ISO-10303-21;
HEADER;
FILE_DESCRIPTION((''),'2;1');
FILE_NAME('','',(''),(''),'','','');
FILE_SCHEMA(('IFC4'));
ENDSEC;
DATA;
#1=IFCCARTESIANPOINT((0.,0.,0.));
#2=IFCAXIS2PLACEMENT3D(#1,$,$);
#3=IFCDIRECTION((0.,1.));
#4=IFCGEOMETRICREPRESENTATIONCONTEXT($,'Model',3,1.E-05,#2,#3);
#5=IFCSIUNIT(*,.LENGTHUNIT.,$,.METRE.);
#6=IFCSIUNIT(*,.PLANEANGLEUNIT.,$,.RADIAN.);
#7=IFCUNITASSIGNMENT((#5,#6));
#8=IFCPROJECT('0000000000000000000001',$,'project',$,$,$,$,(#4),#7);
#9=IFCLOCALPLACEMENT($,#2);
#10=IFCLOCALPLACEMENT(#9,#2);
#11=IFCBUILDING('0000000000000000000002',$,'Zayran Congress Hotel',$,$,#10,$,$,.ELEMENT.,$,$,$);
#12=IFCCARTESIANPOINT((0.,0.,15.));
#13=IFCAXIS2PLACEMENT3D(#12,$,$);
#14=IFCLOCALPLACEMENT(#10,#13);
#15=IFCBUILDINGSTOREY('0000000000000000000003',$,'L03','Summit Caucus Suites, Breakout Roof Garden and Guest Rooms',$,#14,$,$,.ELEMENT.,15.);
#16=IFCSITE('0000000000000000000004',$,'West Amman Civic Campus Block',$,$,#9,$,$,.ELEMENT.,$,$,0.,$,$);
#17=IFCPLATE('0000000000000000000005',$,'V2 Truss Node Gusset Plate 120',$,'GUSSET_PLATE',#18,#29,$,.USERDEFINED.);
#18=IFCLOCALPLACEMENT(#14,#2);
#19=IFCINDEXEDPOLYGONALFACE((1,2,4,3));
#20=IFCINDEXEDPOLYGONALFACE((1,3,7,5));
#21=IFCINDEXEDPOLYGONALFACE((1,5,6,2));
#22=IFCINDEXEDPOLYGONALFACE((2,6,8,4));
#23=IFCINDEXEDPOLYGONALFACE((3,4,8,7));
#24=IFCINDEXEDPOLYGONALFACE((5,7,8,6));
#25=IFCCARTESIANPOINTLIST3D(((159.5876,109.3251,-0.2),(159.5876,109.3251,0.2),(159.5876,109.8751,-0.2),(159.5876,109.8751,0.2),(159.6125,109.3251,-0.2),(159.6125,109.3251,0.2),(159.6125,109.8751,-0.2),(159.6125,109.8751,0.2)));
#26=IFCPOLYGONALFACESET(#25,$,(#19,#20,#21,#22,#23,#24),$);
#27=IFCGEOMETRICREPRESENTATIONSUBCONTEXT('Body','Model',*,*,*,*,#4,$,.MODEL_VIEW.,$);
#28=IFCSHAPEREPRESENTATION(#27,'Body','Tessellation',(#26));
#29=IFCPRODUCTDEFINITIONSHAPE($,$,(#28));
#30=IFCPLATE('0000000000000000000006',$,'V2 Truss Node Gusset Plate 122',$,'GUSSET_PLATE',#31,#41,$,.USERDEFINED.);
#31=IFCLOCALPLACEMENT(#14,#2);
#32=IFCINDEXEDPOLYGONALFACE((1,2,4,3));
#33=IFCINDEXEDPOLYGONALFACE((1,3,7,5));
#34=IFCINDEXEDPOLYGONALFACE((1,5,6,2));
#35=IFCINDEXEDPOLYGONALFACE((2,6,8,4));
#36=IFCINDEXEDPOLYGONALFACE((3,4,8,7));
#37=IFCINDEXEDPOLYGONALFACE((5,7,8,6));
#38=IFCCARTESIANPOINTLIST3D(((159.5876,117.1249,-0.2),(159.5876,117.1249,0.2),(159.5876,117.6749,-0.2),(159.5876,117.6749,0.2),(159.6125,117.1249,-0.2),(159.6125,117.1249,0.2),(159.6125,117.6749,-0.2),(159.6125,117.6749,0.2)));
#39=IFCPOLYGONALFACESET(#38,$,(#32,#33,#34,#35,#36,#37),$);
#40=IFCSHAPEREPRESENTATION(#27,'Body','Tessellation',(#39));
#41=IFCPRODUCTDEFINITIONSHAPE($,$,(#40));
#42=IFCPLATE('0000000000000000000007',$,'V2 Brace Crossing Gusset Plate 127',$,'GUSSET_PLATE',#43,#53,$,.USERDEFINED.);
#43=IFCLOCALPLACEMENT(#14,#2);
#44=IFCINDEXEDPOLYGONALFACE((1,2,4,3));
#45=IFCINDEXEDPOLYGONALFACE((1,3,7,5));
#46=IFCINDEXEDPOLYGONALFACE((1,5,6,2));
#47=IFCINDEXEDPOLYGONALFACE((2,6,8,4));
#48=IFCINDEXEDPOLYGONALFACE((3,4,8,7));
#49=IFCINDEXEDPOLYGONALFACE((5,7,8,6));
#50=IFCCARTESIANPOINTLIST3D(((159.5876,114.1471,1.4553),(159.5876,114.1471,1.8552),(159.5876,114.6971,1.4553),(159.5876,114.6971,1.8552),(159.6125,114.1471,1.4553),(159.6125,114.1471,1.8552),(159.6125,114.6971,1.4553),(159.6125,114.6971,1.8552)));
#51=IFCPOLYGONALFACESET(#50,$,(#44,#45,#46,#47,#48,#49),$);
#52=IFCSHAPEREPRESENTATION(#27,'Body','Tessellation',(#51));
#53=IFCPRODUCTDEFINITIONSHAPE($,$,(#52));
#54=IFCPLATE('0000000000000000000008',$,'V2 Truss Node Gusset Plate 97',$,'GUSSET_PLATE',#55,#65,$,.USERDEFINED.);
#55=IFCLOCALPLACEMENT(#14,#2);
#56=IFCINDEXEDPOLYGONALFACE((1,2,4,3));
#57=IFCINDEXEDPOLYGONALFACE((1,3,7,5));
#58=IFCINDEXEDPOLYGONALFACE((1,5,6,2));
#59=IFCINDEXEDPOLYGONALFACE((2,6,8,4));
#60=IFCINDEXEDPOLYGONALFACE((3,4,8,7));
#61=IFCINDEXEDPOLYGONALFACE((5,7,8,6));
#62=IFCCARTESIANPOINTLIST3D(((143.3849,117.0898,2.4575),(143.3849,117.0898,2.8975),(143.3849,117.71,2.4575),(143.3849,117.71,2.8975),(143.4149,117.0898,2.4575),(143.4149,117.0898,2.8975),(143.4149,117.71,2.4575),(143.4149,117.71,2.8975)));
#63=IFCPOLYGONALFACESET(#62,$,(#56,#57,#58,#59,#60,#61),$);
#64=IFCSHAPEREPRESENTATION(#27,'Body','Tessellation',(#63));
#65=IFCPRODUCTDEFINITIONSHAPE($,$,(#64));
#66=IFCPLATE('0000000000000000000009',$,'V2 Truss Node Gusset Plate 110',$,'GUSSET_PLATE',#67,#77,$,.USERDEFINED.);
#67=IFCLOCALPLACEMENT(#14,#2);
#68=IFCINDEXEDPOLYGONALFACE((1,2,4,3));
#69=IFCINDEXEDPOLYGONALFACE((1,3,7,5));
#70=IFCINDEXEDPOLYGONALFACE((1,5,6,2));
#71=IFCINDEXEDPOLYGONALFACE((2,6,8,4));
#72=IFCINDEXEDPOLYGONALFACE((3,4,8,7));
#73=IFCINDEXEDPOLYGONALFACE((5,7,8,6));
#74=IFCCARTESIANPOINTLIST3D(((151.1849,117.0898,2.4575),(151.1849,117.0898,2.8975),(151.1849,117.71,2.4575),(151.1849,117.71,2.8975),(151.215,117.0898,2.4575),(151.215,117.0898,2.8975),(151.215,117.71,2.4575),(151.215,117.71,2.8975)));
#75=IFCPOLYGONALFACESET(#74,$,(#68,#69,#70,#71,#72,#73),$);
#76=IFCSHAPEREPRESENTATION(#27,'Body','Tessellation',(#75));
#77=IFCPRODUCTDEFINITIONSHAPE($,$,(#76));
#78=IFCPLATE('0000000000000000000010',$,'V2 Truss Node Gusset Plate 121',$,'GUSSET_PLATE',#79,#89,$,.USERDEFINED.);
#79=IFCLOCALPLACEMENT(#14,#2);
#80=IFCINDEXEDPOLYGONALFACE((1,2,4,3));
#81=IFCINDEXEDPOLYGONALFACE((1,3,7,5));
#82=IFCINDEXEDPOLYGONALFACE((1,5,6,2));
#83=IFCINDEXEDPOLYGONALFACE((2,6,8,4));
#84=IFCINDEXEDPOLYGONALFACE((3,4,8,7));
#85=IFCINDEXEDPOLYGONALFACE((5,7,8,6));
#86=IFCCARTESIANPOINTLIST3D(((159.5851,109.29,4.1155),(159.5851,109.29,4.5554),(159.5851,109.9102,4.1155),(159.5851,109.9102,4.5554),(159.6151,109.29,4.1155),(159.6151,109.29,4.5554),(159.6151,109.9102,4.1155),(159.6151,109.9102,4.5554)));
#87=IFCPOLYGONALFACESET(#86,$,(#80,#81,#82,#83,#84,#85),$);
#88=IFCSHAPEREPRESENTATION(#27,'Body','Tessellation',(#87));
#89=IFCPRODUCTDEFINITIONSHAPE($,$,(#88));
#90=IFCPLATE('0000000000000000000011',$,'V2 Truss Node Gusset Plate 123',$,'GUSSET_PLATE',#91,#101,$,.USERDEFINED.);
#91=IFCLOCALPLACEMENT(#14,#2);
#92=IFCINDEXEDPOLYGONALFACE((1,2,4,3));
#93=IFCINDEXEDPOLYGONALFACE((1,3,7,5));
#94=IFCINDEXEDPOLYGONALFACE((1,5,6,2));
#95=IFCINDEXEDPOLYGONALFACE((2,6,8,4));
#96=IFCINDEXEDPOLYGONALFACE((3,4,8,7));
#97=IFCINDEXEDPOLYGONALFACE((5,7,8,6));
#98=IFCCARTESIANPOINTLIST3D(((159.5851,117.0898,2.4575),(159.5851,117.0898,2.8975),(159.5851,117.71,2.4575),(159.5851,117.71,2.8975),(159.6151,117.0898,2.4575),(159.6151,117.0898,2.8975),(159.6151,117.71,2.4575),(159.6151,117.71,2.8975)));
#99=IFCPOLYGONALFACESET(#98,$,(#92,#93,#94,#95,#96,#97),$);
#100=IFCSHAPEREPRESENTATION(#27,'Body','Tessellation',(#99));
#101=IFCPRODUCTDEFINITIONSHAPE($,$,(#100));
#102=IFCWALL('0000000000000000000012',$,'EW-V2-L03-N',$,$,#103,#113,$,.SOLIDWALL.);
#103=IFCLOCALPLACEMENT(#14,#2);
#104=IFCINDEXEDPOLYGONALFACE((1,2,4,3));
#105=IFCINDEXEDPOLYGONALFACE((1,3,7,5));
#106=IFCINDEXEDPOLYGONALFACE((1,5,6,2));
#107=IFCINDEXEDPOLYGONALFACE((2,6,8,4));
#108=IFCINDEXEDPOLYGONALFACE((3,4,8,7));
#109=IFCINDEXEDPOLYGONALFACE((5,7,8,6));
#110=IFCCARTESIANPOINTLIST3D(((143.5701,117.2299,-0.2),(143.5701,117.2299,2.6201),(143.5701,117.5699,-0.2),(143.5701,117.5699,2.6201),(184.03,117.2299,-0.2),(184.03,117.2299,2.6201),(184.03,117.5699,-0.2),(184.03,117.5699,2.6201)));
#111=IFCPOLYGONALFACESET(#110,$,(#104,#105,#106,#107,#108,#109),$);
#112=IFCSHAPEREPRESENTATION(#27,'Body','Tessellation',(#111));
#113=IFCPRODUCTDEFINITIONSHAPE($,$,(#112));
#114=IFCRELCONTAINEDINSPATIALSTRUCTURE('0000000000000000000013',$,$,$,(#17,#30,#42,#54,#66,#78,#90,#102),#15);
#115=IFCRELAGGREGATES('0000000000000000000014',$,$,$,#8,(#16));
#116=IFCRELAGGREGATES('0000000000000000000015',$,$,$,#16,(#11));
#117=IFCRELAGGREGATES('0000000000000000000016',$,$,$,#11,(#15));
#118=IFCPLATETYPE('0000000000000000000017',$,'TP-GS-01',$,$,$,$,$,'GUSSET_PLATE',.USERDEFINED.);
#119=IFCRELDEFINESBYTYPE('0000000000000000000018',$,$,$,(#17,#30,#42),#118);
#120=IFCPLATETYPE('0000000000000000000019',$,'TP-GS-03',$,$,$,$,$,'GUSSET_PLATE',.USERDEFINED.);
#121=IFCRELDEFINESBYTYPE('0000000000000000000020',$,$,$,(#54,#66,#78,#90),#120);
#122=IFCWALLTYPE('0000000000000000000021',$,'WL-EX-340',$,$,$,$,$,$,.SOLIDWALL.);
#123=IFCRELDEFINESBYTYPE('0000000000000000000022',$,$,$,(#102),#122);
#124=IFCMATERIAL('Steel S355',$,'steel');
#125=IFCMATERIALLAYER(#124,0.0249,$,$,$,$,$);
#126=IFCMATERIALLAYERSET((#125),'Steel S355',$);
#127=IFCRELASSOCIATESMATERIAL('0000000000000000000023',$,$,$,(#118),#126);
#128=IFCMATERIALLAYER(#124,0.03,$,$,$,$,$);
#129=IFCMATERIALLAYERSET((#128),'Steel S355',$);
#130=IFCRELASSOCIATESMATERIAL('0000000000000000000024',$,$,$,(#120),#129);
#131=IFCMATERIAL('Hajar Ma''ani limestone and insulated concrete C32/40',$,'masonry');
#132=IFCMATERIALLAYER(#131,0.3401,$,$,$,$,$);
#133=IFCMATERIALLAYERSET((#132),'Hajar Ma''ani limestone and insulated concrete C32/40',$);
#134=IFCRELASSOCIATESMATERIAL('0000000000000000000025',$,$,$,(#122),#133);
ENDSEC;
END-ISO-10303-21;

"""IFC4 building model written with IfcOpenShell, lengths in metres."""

from ifc_helpers import new_model, si_unit, direction, frame, frame_2d, origin, origin_2d, place, context, subcontext, project, spatial, rectangle, extrude, material, layer, layer_set, type_object, element, save


model = new_model("IFC4")

# Units and contexts
model_context = context("Model", 3, precision=1e-05, world=origin(), true_north=direction((0.0, 1.0)))
body_context = subcontext(model_context, "Body", "Model", "MODEL_VIEW")
ifc_project = project(units=[si_unit("LENGTHUNIT", "METRE"), si_unit("PLANEANGLEUNIT", "RADIAN")], contexts=[model_context])

# Site, building, storey
site_placement = place(None, origin())
site = spatial("IfcSite", under=ifc_project, at=site_placement, Name="West Amman Civic Campus Block", CompositionType="ELEMENT", RefElevation=0.0)
building_placement = place(site_placement, origin())
building = spatial("IfcBuilding", under=site, at=building_placement, Name="Zayran Congress Hotel", CompositionType="ELEMENT")
storey_placement = place(building_placement, frame((0.0, 0.0, 15.0)))
storey = spatial("IfcBuildingStorey", under=building, at=storey_placement, Name="L03", Description="Summit Caucus Suites, Breakout Roof Garden and Guest Rooms", CompositionType="ELEMENT", Elevation=15.0)

# Shared definitions
ifc_material_1 = material(Name="Steel S355", Category="steel")

# Plates
ifc_layer_1 = layer(ifc_material_1, 0.0249)
ifc_layer_set_1 = layer_set([ifc_layer_1], Name="Steel S355")
plate_type_1 = type_object("IfcPlateType", Name="TP-GS-01", ElementType="GUSSET_PLATE", PredefinedType="USERDEFINED", material=ifc_layer_set_1)
for number, where, z_axis, x_axis, name in (
    (1, (159.6001, 109.6001, -0.2), (0.0, 0.0, 1.0), (0.0, 1.0, 0.0), "V2 Truss Node Gusset Plate 120"),
    (2, (159.6001, 117.3999, -0.2), (0.0, 0.0, 1.0), (0.0, 1.0, 0.0), "V2 Truss Node Gusset Plate 122"),
    (3, (159.6001, 114.4221, 1.4553), (0.0, 0.0, 1.0), (0.0, 1.0, 0.0), "V2 Brace Crossing Gusset Plate 127"),
):
    element("IfcPlate", number, at=place(storey_placement, frame(where, z_axis=z_axis, x_axis=x_axis)), inside=storey, type_object=plate_type_1, Name=name, ObjectType="GUSSET_PLATE", PredefinedType="USERDEFINED", context=body_context, shape_type="SweptSolid", body=[
        extrude(rectangle(XDim=0.55, YDim=0.0249, at=origin_2d()), origin(), (0.0, 0.0, 1.0), 0.3999),
    ])
ifc_layer_2 = layer(ifc_material_1, 0.03)
ifc_layer_set_2 = layer_set([ifc_layer_2], Name="Steel S355")
plate_type_2 = type_object("IfcPlateType", Name="TP-GS-03", ElementType="GUSSET_PLATE", PredefinedType="USERDEFINED", material=ifc_layer_set_2)
for number, where, z_axis, x_axis, name in (
    (4, (143.3999, 117.3999, 2.4575), (0.0, 0.0, 1.0), (0.0, 1.0, 0.0), "V2 Truss Node Gusset Plate 97"),
    (5, (151.2, 117.3999, 2.4575), (0.0, 0.0, 1.0), (0.0, 1.0, 0.0), "V2 Truss Node Gusset Plate 110"),
    (6, (159.6001, 109.6001, 4.1155), (0.0, 0.0, 1.0), (0.0, 1.0, 0.0), "V2 Truss Node Gusset Plate 121"),
    (7, (159.6001, 117.3999, 2.4575), (0.0, 0.0, 1.0), (0.0, 1.0, 0.0), "V2 Truss Node Gusset Plate 123"),
):
    element("IfcPlate", number, at=place(storey_placement, frame(where, z_axis=z_axis, x_axis=x_axis)), inside=storey, type_object=plate_type_2, Name=name, ObjectType="GUSSET_PLATE", PredefinedType="USERDEFINED", context=body_context, shape_type="SweptSolid", body=[
        extrude(rectangle(XDim=0.6201, YDim=0.03, at=origin_2d()), origin(), (0.0, 0.0, 1.0), 0.4399),
    ])

# Wall
ifc_material_2 = material(Name="Hajar Ma'ani limestone and insulated concrete C32/40", Category="masonry")
ifc_layer_3 = layer(ifc_material_2, 0.3401)
ifc_layer_set_3 = layer_set([ifc_layer_3], Name="Hajar Ma'ani limestone and insulated concrete C32/40")
wall_type = type_object("IfcWallType", Name="WL-EX-340", PredefinedType="SOLIDWALL", material=ifc_layer_set_3)
wall_placement = place(storey_placement, frame((143.5701, 117.3999, -0.2), z_axis=(0.0, 0.0, 1.0), x_axis=(1.0, 0.0, 0.0)))
element("IfcWall", 8, at=wall_placement, inside=storey, type_object=wall_type, Name="EW-V2-L03-N", PredefinedType="SOLIDWALL", context=body_context, shape_type="SweptSolid", body=[
    extrude(rectangle(XDim=40.46, YDim=0.3401, at=frame_2d((20.23, 0.0))), origin(), (0.0, 0.0, 1.0), 2.8201),
])

save(model, "model.ifc")
